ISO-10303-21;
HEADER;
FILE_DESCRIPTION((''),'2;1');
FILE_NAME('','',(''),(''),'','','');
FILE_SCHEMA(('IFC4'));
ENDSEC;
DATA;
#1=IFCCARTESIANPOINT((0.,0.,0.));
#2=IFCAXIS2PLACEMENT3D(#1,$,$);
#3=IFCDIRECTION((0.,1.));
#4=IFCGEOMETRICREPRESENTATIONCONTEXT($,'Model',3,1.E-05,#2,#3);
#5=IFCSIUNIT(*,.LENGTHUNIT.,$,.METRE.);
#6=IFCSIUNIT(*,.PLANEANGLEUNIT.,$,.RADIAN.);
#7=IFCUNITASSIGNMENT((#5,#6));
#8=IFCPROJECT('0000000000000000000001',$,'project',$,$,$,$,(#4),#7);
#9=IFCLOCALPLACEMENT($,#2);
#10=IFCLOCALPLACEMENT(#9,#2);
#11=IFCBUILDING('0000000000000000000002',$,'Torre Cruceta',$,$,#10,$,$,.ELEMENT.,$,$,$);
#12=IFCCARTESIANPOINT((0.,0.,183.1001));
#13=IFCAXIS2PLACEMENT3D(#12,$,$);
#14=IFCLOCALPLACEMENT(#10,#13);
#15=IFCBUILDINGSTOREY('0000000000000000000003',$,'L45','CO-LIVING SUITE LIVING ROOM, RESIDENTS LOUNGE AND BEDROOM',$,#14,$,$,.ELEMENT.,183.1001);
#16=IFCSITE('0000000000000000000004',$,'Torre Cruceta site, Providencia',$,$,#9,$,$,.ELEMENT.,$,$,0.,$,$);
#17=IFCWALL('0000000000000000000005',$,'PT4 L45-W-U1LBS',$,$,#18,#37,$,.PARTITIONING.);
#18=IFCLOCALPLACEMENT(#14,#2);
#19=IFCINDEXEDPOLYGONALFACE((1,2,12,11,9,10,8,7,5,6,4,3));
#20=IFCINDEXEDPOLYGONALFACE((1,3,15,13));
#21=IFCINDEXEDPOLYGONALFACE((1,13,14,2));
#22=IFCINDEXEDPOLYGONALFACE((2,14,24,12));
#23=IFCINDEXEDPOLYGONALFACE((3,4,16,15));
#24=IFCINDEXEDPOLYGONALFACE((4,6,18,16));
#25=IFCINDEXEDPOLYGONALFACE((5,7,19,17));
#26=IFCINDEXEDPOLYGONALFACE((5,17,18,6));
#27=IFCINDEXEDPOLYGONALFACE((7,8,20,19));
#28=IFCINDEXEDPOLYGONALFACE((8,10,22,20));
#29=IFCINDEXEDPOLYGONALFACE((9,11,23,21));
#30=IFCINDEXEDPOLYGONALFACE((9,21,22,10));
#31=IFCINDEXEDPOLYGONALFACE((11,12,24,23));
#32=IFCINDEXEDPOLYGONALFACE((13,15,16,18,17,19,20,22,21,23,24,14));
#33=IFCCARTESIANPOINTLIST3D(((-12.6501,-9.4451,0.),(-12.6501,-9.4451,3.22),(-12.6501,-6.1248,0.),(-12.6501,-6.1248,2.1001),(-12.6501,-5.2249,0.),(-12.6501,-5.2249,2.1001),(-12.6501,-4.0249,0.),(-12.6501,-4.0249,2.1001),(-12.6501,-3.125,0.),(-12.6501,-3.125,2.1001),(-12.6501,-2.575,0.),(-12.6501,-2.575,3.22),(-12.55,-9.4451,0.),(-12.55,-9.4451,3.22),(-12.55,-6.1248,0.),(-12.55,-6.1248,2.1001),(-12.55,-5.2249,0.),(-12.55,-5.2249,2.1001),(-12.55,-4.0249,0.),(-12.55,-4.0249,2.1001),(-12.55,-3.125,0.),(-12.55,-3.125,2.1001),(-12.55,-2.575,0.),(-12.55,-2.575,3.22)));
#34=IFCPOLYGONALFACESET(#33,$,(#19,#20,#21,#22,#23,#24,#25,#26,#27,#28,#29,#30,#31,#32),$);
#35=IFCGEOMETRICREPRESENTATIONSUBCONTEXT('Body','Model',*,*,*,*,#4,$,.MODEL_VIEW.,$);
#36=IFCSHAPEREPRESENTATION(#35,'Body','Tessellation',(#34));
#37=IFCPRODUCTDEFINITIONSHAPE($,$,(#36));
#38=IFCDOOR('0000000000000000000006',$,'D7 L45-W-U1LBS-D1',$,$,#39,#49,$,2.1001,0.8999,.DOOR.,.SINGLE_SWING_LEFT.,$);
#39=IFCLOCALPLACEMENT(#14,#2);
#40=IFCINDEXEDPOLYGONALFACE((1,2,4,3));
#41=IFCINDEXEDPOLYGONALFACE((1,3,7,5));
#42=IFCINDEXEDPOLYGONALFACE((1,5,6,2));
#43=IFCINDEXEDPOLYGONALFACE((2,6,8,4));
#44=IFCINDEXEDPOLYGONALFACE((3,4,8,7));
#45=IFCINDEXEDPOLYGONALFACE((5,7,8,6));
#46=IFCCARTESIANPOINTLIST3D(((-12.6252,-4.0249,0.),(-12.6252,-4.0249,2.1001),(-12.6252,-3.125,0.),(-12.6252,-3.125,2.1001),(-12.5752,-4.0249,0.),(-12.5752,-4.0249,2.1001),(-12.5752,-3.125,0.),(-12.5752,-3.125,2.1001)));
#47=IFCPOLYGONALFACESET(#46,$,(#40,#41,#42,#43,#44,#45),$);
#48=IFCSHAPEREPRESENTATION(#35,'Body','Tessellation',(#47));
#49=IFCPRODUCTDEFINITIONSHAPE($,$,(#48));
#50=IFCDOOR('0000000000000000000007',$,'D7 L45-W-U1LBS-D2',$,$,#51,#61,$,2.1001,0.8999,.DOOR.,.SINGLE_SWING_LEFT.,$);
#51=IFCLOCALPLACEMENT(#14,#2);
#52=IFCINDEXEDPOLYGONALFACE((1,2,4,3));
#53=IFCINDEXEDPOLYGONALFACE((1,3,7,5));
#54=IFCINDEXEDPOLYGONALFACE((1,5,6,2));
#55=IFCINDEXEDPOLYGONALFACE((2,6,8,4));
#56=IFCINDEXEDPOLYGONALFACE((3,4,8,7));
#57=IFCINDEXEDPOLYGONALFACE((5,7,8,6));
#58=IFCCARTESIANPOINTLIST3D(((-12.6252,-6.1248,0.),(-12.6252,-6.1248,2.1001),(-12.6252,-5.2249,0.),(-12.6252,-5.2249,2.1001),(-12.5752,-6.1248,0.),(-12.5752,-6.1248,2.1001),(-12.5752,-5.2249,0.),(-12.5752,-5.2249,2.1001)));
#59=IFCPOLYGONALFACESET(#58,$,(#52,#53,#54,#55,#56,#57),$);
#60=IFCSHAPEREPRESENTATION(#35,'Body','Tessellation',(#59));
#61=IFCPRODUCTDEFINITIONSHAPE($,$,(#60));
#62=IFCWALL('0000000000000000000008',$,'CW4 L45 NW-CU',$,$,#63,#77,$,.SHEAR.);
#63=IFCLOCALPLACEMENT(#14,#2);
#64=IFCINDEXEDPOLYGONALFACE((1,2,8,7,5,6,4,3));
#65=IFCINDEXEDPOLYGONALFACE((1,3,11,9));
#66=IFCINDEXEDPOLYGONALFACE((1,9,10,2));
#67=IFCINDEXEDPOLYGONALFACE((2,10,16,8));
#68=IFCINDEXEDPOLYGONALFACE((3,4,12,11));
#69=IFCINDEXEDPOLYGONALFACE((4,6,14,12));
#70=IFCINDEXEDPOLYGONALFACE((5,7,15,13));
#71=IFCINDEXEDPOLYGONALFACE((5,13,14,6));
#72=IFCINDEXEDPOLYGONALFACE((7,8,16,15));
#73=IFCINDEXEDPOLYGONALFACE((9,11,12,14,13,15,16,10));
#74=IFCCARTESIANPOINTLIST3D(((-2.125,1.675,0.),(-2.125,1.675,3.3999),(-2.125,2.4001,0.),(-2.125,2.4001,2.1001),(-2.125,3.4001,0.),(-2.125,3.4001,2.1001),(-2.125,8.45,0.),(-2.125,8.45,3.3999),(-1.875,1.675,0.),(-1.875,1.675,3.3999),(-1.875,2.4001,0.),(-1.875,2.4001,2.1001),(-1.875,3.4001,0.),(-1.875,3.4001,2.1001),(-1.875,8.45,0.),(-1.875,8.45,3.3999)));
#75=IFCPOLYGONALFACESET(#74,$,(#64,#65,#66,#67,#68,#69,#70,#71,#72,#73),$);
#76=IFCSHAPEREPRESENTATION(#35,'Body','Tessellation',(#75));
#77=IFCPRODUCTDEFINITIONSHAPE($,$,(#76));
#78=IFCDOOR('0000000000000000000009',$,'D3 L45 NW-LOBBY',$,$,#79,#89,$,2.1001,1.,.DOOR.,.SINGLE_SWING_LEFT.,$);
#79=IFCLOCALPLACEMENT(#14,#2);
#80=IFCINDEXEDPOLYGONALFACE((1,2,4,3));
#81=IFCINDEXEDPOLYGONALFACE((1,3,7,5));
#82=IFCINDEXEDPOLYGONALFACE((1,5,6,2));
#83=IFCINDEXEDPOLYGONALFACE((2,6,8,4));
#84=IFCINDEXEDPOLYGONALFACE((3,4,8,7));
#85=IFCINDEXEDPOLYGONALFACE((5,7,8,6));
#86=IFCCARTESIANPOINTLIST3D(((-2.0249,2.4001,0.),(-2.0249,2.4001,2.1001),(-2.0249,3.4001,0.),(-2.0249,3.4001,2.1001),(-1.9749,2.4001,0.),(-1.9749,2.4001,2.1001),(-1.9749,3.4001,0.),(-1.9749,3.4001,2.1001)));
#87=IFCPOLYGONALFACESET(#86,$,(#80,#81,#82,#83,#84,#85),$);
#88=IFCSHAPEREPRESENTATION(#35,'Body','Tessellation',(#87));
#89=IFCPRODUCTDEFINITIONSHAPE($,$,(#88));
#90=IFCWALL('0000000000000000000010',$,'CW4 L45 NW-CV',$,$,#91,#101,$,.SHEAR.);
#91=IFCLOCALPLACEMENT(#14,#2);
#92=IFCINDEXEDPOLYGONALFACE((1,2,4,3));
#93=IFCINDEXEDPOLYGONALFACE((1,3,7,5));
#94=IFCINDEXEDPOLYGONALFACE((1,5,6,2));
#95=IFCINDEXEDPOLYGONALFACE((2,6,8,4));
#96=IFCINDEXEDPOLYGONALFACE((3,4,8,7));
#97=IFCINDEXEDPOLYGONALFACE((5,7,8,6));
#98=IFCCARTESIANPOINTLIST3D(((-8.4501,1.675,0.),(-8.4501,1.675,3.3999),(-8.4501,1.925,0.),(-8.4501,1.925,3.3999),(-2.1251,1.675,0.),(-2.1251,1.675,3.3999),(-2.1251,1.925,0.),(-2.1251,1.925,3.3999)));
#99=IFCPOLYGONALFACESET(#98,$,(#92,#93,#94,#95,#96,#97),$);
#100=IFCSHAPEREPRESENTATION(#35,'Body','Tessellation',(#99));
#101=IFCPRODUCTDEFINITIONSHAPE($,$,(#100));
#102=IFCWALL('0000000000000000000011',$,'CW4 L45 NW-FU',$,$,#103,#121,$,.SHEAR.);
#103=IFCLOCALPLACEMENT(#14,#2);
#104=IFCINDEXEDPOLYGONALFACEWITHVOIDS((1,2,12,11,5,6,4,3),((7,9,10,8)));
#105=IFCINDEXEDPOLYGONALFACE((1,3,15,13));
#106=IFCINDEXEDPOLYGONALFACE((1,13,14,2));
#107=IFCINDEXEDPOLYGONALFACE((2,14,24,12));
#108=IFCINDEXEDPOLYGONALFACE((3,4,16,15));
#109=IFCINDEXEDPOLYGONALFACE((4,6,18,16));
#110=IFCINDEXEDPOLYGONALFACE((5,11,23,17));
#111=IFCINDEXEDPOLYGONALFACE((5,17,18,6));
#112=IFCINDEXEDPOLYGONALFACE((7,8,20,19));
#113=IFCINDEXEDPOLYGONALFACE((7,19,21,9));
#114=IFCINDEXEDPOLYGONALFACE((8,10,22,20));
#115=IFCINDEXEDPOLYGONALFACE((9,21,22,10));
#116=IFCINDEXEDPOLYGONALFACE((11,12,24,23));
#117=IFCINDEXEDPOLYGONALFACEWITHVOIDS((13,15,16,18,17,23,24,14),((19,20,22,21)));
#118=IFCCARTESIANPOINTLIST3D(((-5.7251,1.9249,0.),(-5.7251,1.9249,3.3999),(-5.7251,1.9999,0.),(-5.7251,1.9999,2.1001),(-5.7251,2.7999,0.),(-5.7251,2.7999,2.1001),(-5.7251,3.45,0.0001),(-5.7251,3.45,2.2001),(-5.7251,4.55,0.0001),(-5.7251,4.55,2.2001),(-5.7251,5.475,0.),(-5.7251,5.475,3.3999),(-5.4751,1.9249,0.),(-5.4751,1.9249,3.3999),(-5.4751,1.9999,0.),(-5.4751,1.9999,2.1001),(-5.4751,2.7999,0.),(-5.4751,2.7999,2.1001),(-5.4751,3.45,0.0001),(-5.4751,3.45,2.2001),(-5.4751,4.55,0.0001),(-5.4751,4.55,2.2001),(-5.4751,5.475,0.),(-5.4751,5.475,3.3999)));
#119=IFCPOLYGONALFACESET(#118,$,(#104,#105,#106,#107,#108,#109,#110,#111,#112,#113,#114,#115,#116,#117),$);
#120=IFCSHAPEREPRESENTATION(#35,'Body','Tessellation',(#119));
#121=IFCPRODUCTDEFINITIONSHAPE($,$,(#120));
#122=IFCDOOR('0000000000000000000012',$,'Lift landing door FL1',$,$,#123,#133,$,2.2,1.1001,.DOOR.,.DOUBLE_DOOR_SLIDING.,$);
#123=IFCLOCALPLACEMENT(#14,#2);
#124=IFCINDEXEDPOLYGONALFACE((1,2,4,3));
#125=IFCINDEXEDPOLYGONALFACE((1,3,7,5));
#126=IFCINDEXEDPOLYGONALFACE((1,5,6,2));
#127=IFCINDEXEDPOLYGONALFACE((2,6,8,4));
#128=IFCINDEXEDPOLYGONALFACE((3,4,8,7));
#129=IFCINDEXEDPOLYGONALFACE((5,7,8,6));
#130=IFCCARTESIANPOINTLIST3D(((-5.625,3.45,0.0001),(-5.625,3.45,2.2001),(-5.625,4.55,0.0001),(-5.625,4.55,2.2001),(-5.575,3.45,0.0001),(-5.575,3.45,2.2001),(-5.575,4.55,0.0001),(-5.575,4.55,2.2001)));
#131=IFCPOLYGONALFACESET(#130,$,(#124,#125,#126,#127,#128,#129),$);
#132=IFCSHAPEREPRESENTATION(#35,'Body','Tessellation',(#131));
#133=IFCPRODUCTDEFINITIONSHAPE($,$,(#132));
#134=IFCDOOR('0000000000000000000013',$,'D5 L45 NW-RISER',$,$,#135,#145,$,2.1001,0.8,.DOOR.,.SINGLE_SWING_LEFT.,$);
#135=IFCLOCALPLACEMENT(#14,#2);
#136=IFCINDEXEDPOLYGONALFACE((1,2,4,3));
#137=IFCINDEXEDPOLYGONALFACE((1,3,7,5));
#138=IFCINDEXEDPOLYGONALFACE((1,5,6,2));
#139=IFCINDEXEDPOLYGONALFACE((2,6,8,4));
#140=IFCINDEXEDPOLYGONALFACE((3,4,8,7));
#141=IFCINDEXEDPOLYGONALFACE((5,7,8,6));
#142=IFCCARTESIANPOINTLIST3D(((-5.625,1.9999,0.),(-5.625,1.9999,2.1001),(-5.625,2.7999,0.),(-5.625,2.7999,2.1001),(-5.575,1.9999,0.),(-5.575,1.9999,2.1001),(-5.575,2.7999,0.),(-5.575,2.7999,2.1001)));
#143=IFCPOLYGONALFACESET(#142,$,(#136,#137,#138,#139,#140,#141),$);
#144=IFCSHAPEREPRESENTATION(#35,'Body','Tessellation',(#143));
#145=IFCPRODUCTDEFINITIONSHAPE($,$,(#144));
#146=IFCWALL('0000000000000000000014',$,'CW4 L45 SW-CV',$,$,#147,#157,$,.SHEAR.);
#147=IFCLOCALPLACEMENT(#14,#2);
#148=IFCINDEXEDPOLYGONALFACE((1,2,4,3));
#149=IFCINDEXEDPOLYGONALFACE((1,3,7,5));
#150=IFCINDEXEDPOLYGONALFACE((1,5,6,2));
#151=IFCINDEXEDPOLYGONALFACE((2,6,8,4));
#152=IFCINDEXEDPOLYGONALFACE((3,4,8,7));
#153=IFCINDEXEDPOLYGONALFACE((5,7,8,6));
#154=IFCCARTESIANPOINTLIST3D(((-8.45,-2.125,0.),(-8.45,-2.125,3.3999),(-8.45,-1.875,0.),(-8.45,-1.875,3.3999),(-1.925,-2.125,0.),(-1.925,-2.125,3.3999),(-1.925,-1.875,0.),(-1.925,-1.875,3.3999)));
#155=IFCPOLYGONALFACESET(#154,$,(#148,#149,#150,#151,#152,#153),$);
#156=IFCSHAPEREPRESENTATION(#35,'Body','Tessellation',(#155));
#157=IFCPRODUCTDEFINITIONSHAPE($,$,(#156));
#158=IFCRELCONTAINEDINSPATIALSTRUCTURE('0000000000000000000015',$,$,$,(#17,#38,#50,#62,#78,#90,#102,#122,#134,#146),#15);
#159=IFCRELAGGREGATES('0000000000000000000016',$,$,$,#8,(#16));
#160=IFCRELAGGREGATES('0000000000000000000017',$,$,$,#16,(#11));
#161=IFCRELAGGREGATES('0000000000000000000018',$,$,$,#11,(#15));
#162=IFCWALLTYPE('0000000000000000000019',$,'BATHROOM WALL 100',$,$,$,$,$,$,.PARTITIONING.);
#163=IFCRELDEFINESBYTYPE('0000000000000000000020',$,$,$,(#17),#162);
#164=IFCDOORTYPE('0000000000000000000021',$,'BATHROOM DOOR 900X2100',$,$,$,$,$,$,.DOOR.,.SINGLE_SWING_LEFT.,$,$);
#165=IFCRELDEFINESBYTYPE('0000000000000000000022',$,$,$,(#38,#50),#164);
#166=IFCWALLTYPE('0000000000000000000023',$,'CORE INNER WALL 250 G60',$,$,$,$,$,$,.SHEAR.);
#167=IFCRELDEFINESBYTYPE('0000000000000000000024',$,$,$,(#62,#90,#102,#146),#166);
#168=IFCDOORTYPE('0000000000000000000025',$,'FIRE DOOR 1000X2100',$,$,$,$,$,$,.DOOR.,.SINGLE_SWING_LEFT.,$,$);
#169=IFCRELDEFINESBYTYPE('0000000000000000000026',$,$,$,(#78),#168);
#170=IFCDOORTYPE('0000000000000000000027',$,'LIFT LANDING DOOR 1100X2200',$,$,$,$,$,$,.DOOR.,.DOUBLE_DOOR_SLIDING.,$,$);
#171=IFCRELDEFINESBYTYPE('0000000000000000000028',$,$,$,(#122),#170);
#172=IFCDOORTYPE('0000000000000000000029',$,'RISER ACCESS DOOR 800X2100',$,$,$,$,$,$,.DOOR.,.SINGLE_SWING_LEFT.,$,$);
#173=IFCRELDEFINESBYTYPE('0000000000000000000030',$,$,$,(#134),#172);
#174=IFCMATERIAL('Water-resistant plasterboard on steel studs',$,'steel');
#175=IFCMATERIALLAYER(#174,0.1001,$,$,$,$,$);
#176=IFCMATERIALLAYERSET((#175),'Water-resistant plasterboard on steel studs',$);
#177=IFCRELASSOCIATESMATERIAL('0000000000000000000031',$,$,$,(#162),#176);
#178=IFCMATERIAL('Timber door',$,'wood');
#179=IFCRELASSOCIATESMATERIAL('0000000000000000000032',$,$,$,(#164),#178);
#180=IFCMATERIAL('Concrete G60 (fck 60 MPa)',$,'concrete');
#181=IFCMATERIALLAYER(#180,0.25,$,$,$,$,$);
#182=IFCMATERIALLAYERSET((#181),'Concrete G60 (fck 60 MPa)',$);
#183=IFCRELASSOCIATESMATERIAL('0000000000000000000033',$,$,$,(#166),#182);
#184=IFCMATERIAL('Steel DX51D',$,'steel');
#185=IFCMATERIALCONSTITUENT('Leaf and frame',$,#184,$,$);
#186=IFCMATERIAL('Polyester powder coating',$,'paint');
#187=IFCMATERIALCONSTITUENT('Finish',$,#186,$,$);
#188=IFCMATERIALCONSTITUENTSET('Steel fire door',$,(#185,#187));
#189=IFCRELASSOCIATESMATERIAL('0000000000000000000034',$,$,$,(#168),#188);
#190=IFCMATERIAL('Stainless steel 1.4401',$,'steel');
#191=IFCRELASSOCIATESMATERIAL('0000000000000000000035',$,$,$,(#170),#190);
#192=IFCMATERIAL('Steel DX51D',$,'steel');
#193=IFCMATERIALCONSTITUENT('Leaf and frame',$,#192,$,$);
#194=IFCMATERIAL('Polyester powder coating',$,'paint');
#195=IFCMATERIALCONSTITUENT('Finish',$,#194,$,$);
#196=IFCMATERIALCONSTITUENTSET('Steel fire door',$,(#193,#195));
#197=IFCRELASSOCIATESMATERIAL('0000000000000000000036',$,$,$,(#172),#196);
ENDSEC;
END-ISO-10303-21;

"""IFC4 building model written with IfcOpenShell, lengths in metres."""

from ifc_helpers import new_model, si_unit, direction, frame, frame_2d, origin, place, context, subcontext, project, spatial, rectangle, extrude, material, layer, layer_set, constituent, constituent_set, type_object, element, fill, save


model = new_model("IFC4")

# Units and contexts
model_context = context("Model", 3, precision=1e-05, world=origin(), true_north=direction((0.0, 1.0)))
body_context = subcontext(model_context, "Body", "Model", "MODEL_VIEW")
ifc_project = project(units=[si_unit("LENGTHUNIT", "METRE"), si_unit("PLANEANGLEUNIT", "RADIAN")], contexts=[model_context])

# Site, building, storey
site_placement = place(None, origin())
site = spatial("IfcSite", under=ifc_project, at=site_placement, Name="Torre Cruceta site, Providencia", CompositionType="ELEMENT", RefElevation=0.0)
building_placement = place(site_placement, origin())
building = spatial("IfcBuilding", under=site, at=building_placement, Name="Torre Cruceta", CompositionType="ELEMENT")
storey_placement = place(building_placement, frame((0.0, 0.0, 183.1001)))
storey = spatial("IfcBuildingStorey", under=building, at=storey_placement, Name="L45", Description="CO-LIVING SUITE LIVING ROOM, RESIDENTS LOUNGE AND BEDROOM", CompositionType="ELEMENT", Elevation=183.1001)

# Wall, openings, doors
ifc_material_1 = material(Name="Water-resistant plasterboard on steel studs", Category="steel")
ifc_layer_1 = layer(ifc_material_1, 0.1001)
ifc_layer_set_1 = layer_set([ifc_layer_1], Name="Water-resistant plasterboard on steel studs")
wall_type_1 = type_object("IfcWallType", Name="BATHROOM WALL 100", PredefinedType="PARTITIONING", material=ifc_layer_set_1)
wall_1_placement = place(storey_placement, frame((-12.6001, -2.575, 0.0), z_axis=(0.0, 0.0, 1.0), x_axis=(0.0, -1.0, 0.0)))
wall_1 = element("IfcWall", 1, at=wall_1_placement, inside=storey, type_object=wall_type_1, Name="PT4 L45-W-U1LBS", PredefinedType="PARTITIONING", context=body_context, shape_type="SweptSolid", body=[
    extrude(rectangle(XDim=6.8701, YDim=0.1001, at=frame_2d((3.4351, 0.0))), origin(), (0.0, 0.0, 1.0), 3.22),
])
opening_1_placement = place(wall_1_placement, frame((0.55, 0.0, 0.0)))
opening_1 = element("IfcOpeningElement", 2, at=opening_1_placement, cuts=wall_1, PredefinedType="OPENING", context=body_context, shape_type="SweptSolid", body=[
    extrude(rectangle(XDim=0.8999, YDim=2.1001, at=frame_2d((0.45, 1.05))), frame((0.0, 0.0601, 0.0), z_axis=(0.0, -1.0, 0.0), x_axis=(1.0, 0.0, 0.0)), (0.0, 0.0, 1.0), 0.1201),
])
opening_2_placement = place(wall_1_placement, frame((2.6499, 0.0, 0.0)))
opening_2 = element("IfcOpeningElement", 3, at=opening_2_placement, cuts=wall_1, PredefinedType="OPENING", context=body_context, shape_type="SweptSolid", body=[
    extrude(rectangle(XDim=0.8999, YDim=2.1001, at=frame_2d((0.45, 1.05))), frame((0.0, 0.0601, 0.0), z_axis=(0.0, -1.0, 0.0), x_axis=(1.0, 0.0, 0.0)), (0.0, 0.0, 1.0), 0.1201),
])
ifc_material_2 = material(Name="Timber door", Category="wood")
door_type_1 = type_object("IfcDoorType", Name="BATHROOM DOOR 900X2100", OperationType="SINGLE_SWING_LEFT", PredefinedType="DOOR", material=ifc_material_2)
door_1_placement = place(opening_1_placement, origin())
door_1 = element("IfcDoor", 4, at=door_1_placement, inside=storey, type_object=door_type_1, Name="D7 L45-W-U1LBS-D1", OperationType="SINGLE_SWING_LEFT", OverallHeight=2.1001, OverallWidth=0.8999, PredefinedType="DOOR", context=body_context, shape_type="SweptSolid", body=[
    extrude(rectangle(XDim=0.8999, YDim=2.1001, at=frame_2d((0.45, 1.05))), frame((0.0, 0.0249, 0.0), z_axis=(0.0, -1.0, 0.0), x_axis=(1.0, 0.0, 0.0)), (0.0, 0.0, 1.0), 0.05),
])
fill(opening_1, door_1)
door_2_placement = place(opening_2_placement, origin())
door_2 = element("IfcDoor", 5, at=door_2_placement, inside=storey, type_object=door_type_1, Name="D7 L45-W-U1LBS-D2", OperationType="SINGLE_SWING_LEFT", OverallHeight=2.1001, OverallWidth=0.8999, PredefinedType="DOOR", context=body_context, shape_type="SweptSolid", body=[
    extrude(rectangle(XDim=0.8999, YDim=2.1001, at=frame_2d((0.45, 1.05))), frame((0.0, 0.0249, 0.0), z_axis=(0.0, -1.0, 0.0), x_axis=(1.0, 0.0, 0.0)), (0.0, 0.0, 1.0), 0.05),
])
fill(opening_2, door_2)

# Wall, opening, door
ifc_material_3 = material(Name="Concrete G60 (fck 60 MPa)", Category="concrete")
ifc_layer_2 = layer(ifc_material_3, 0.25)
ifc_layer_set_2 = layer_set([ifc_layer_2], Name="Concrete G60 (fck 60 MPa)")
wall_type_2 = type_object("IfcWallType", Name="CORE INNER WALL 250 G60", PredefinedType="SHEAR", material=ifc_layer_set_2)
wall_2_placement = place(storey_placement, frame((-2.0, 1.675, 0.0), z_axis=(0.0, 0.0, 1.0), x_axis=(0.0, 1.0, 0.0)))
wall_2 = element("IfcWall", 6, at=wall_2_placement, inside=storey, type_object=wall_type_2, Name="CW4 L45 NW-CU", PredefinedType="SHEAR", context=body_context, shape_type="SweptSolid", body=[
    extrude(rectangle(XDim=6.7749, YDim=0.25, at=frame_2d((3.3875, 0.0))), origin(), (0.0, 0.0, 1.0), 3.3999),
])
opening_3_placement = place(wall_2_placement, frame((0.7251, 0.0, 0.0)))
opening_3 = element("IfcOpeningElement", 7, at=opening_3_placement, cuts=wall_2, PredefinedType="OPENING", context=body_context, shape_type="SweptSolid", body=[
    extrude(rectangle(XDim=1.0, YDim=2.1001, at=frame_2d((0.5, 1.05))), frame((0.0, 0.135, 0.0), z_axis=(0.0, -1.0, 0.0), x_axis=(1.0, 0.0, 0.0)), (0.0, 0.0, 1.0), 0.27),
])
ifc_material_4 = material(Name="Steel DX51D", Category="steel")
ifc_constituent_1 = constituent(ifc_material_4, Name="Leaf and frame")
ifc_material_5 = material(Name="Polyester powder coating", Category="paint")
ifc_constituent_2 = constituent(ifc_material_5, Name="Finish")
ifc_constituent_set_1 = constituent_set(constituents=[ifc_constituent_1, ifc_constituent_2], Name="Steel fire door")
door_type_2 = type_object("IfcDoorType", Name="FIRE DOOR 1000X2100", OperationType="SINGLE_SWING_LEFT", PredefinedType="DOOR", material=ifc_constituent_set_1)
door_3_placement = place(opening_3_placement, origin())
door_3 = element("IfcDoor", 8, at=door_3_placement, inside=storey, type_object=door_type_2, Name="D3 L45 NW-LOBBY", OperationType="SINGLE_SWING_LEFT", OverallHeight=2.1001, OverallWidth=1.0, PredefinedType="DOOR", context=body_context, shape_type="SweptSolid", body=[
    extrude(rectangle(XDim=1.0, YDim=2.1001, at=frame_2d((0.5, 1.05))), frame((0.0, 0.0249, 0.0), z_axis=(0.0, -1.0, 0.0), x_axis=(1.0, 0.0, 0.0)), (0.0, 0.0, 1.0), 0.05),
])
fill(opening_3, door_3)

# Wall
wall_3_placement = place(storey_placement, frame((-2.125, 1.8, 0.0), z_axis=(0.0, 0.0, 1.0), x_axis=(-1.0, 0.0, 0.0)))
element("IfcWall", 9, at=wall_3_placement, inside=storey, type_object=wall_type_2, Name="CW4 L45 NW-CV", PredefinedType="SHEAR", context=body_context, shape_type="SweptSolid", body=[
    extrude(rectangle(XDim=6.325, YDim=0.25, at=frame_2d((3.1626, 0.0))), origin(), (0.0, 0.0, 1.0), 3.3999),
])

# Wall, openings, doors
wall_4_placement = place(storey_placement, frame((-5.6001, 1.925, 0.0), z_axis=(0.0, 0.0, 1.0), x_axis=(0.0, 1.0, 0.0)))
wall_4 = element("IfcWall", 10, at=wall_4_placement, inside=storey, type_object=wall_type_2, Name="CW4 L45 NW-FU", PredefinedType="SHEAR", context=body_context, shape_type="SweptSolid", body=[
    extrude(rectangle(XDim=3.55, YDim=0.25, at=frame_2d((1.7749, 0.0))), origin(), (0.0, 0.0, 1.0), 3.3999),
])
opening_4_placement = place(wall_4_placement, frame((1.5249, 0.0, 0.0)))
opening_4 = element("IfcOpeningElement", 11, at=opening_4_placement, cuts=wall_4, PredefinedType="OPENING", context=body_context, shape_type="SweptSolid", body=[
    extrude(rectangle(XDim=1.1001, YDim=2.2, at=frame_2d((0.55, 1.1001))), frame((0.0, 0.135, 0.0), z_axis=(0.0, -1.0, 0.0), x_axis=(1.0, 0.0, 0.0)), (0.0, 0.0, 1.0), 0.27),
])
opening_5_placement = place(wall_4_placement, frame((0.075, 0.0, 0.0)))
opening_5 = element("IfcOpeningElement", 12, at=opening_5_placement, cuts=wall_4, PredefinedType="OPENING", context=body_context, shape_type="SweptSolid", body=[
    extrude(rectangle(XDim=0.8, YDim=2.1001, at=frame_2d((0.3999, 1.05))), frame((0.0, 0.135, 0.0), z_axis=(0.0, -1.0, 0.0), x_axis=(1.0, 0.0, 0.0)), (0.0, 0.0, 1.0), 0.27),
])
ifc_material_6 = material(Name="Stainless steel 1.4401", Category="steel")
door_type_3 = type_object("IfcDoorType", Name="LIFT LANDING DOOR 1100X2200", OperationType="DOUBLE_DOOR_SLIDING", PredefinedType="DOOR", material=ifc_material_6)
door_4_placement = place(opening_4_placement, origin())
door_4 = element("IfcDoor", 13, at=door_4_placement, inside=storey, type_object=door_type_3, Name="Lift landing door FL1", OperationType="DOUBLE_DOOR_SLIDING", OverallHeight=2.2, OverallWidth=1.1001, PredefinedType="DOOR", context=body_context, shape_type="SweptSolid", body=[
    extrude(rectangle(XDim=1.1001, YDim=2.2, at=frame_2d((0.55, 1.1001))), frame((0.0, 0.0249, 0.0), z_axis=(0.0, -1.0, 0.0), x_axis=(1.0, 0.0, 0.0)), (0.0, 0.0, 1.0), 0.05),
])
fill(opening_4, door_4)
ifc_material_7 = material(Name="Steel DX51D", Category="steel")
ifc_constituent_3 = constituent(ifc_material_7, Name="Leaf and frame")
ifc_material_8 = material(Name="Polyester powder coating", Category="paint")
ifc_constituent_4 = constituent(ifc_material_8, Name="Finish")
ifc_constituent_set_2 = constituent_set(constituents=[ifc_constituent_3, ifc_constituent_4], Name="Steel fire door")
door_type_4 = type_object("IfcDoorType", Name="RISER ACCESS DOOR 800X2100", OperationType="SINGLE_SWING_LEFT", PredefinedType="DOOR", material=ifc_constituent_set_2)
door_5_placement = place(opening_5_placement, origin())
door_5 = element("IfcDoor", 14, at=door_5_placement, inside=storey, type_object=door_type_4, Name="D5 L45 NW-RISER", OperationType="SINGLE_SWING_LEFT", OverallHeight=2.1001, OverallWidth=0.8, PredefinedType="DOOR", context=body_context, shape_type="SweptSolid", body=[
    extrude(rectangle(XDim=0.8, YDim=2.1001, at=frame_2d((0.3999, 1.05))), frame((0.0, 0.0249, 0.0), z_axis=(0.0, -1.0, 0.0), x_axis=(1.0, 0.0, 0.0)), (0.0, 0.0, 1.0), 0.05),
])
fill(opening_5, door_5)

# Wall
wall_5_placement = place(storey_placement, frame((-1.925, -2.0, 0.0), z_axis=(0.0, 0.0, 1.0), x_axis=(-1.0, 0.0, 0.0)))
element("IfcWall", 15, at=wall_5_placement, inside=storey, type_object=wall_type_2, Name="CW4 L45 SW-CV", PredefinedType="SHEAR", context=body_context, shape_type="SweptSolid", body=[
    extrude(rectangle(XDim=6.5249, YDim=0.25, at=frame_2d((3.2625, 0.0))), origin(), (0.0, 0.0, 1.0), 3.3999),
])

save(model, "model.ifc")
